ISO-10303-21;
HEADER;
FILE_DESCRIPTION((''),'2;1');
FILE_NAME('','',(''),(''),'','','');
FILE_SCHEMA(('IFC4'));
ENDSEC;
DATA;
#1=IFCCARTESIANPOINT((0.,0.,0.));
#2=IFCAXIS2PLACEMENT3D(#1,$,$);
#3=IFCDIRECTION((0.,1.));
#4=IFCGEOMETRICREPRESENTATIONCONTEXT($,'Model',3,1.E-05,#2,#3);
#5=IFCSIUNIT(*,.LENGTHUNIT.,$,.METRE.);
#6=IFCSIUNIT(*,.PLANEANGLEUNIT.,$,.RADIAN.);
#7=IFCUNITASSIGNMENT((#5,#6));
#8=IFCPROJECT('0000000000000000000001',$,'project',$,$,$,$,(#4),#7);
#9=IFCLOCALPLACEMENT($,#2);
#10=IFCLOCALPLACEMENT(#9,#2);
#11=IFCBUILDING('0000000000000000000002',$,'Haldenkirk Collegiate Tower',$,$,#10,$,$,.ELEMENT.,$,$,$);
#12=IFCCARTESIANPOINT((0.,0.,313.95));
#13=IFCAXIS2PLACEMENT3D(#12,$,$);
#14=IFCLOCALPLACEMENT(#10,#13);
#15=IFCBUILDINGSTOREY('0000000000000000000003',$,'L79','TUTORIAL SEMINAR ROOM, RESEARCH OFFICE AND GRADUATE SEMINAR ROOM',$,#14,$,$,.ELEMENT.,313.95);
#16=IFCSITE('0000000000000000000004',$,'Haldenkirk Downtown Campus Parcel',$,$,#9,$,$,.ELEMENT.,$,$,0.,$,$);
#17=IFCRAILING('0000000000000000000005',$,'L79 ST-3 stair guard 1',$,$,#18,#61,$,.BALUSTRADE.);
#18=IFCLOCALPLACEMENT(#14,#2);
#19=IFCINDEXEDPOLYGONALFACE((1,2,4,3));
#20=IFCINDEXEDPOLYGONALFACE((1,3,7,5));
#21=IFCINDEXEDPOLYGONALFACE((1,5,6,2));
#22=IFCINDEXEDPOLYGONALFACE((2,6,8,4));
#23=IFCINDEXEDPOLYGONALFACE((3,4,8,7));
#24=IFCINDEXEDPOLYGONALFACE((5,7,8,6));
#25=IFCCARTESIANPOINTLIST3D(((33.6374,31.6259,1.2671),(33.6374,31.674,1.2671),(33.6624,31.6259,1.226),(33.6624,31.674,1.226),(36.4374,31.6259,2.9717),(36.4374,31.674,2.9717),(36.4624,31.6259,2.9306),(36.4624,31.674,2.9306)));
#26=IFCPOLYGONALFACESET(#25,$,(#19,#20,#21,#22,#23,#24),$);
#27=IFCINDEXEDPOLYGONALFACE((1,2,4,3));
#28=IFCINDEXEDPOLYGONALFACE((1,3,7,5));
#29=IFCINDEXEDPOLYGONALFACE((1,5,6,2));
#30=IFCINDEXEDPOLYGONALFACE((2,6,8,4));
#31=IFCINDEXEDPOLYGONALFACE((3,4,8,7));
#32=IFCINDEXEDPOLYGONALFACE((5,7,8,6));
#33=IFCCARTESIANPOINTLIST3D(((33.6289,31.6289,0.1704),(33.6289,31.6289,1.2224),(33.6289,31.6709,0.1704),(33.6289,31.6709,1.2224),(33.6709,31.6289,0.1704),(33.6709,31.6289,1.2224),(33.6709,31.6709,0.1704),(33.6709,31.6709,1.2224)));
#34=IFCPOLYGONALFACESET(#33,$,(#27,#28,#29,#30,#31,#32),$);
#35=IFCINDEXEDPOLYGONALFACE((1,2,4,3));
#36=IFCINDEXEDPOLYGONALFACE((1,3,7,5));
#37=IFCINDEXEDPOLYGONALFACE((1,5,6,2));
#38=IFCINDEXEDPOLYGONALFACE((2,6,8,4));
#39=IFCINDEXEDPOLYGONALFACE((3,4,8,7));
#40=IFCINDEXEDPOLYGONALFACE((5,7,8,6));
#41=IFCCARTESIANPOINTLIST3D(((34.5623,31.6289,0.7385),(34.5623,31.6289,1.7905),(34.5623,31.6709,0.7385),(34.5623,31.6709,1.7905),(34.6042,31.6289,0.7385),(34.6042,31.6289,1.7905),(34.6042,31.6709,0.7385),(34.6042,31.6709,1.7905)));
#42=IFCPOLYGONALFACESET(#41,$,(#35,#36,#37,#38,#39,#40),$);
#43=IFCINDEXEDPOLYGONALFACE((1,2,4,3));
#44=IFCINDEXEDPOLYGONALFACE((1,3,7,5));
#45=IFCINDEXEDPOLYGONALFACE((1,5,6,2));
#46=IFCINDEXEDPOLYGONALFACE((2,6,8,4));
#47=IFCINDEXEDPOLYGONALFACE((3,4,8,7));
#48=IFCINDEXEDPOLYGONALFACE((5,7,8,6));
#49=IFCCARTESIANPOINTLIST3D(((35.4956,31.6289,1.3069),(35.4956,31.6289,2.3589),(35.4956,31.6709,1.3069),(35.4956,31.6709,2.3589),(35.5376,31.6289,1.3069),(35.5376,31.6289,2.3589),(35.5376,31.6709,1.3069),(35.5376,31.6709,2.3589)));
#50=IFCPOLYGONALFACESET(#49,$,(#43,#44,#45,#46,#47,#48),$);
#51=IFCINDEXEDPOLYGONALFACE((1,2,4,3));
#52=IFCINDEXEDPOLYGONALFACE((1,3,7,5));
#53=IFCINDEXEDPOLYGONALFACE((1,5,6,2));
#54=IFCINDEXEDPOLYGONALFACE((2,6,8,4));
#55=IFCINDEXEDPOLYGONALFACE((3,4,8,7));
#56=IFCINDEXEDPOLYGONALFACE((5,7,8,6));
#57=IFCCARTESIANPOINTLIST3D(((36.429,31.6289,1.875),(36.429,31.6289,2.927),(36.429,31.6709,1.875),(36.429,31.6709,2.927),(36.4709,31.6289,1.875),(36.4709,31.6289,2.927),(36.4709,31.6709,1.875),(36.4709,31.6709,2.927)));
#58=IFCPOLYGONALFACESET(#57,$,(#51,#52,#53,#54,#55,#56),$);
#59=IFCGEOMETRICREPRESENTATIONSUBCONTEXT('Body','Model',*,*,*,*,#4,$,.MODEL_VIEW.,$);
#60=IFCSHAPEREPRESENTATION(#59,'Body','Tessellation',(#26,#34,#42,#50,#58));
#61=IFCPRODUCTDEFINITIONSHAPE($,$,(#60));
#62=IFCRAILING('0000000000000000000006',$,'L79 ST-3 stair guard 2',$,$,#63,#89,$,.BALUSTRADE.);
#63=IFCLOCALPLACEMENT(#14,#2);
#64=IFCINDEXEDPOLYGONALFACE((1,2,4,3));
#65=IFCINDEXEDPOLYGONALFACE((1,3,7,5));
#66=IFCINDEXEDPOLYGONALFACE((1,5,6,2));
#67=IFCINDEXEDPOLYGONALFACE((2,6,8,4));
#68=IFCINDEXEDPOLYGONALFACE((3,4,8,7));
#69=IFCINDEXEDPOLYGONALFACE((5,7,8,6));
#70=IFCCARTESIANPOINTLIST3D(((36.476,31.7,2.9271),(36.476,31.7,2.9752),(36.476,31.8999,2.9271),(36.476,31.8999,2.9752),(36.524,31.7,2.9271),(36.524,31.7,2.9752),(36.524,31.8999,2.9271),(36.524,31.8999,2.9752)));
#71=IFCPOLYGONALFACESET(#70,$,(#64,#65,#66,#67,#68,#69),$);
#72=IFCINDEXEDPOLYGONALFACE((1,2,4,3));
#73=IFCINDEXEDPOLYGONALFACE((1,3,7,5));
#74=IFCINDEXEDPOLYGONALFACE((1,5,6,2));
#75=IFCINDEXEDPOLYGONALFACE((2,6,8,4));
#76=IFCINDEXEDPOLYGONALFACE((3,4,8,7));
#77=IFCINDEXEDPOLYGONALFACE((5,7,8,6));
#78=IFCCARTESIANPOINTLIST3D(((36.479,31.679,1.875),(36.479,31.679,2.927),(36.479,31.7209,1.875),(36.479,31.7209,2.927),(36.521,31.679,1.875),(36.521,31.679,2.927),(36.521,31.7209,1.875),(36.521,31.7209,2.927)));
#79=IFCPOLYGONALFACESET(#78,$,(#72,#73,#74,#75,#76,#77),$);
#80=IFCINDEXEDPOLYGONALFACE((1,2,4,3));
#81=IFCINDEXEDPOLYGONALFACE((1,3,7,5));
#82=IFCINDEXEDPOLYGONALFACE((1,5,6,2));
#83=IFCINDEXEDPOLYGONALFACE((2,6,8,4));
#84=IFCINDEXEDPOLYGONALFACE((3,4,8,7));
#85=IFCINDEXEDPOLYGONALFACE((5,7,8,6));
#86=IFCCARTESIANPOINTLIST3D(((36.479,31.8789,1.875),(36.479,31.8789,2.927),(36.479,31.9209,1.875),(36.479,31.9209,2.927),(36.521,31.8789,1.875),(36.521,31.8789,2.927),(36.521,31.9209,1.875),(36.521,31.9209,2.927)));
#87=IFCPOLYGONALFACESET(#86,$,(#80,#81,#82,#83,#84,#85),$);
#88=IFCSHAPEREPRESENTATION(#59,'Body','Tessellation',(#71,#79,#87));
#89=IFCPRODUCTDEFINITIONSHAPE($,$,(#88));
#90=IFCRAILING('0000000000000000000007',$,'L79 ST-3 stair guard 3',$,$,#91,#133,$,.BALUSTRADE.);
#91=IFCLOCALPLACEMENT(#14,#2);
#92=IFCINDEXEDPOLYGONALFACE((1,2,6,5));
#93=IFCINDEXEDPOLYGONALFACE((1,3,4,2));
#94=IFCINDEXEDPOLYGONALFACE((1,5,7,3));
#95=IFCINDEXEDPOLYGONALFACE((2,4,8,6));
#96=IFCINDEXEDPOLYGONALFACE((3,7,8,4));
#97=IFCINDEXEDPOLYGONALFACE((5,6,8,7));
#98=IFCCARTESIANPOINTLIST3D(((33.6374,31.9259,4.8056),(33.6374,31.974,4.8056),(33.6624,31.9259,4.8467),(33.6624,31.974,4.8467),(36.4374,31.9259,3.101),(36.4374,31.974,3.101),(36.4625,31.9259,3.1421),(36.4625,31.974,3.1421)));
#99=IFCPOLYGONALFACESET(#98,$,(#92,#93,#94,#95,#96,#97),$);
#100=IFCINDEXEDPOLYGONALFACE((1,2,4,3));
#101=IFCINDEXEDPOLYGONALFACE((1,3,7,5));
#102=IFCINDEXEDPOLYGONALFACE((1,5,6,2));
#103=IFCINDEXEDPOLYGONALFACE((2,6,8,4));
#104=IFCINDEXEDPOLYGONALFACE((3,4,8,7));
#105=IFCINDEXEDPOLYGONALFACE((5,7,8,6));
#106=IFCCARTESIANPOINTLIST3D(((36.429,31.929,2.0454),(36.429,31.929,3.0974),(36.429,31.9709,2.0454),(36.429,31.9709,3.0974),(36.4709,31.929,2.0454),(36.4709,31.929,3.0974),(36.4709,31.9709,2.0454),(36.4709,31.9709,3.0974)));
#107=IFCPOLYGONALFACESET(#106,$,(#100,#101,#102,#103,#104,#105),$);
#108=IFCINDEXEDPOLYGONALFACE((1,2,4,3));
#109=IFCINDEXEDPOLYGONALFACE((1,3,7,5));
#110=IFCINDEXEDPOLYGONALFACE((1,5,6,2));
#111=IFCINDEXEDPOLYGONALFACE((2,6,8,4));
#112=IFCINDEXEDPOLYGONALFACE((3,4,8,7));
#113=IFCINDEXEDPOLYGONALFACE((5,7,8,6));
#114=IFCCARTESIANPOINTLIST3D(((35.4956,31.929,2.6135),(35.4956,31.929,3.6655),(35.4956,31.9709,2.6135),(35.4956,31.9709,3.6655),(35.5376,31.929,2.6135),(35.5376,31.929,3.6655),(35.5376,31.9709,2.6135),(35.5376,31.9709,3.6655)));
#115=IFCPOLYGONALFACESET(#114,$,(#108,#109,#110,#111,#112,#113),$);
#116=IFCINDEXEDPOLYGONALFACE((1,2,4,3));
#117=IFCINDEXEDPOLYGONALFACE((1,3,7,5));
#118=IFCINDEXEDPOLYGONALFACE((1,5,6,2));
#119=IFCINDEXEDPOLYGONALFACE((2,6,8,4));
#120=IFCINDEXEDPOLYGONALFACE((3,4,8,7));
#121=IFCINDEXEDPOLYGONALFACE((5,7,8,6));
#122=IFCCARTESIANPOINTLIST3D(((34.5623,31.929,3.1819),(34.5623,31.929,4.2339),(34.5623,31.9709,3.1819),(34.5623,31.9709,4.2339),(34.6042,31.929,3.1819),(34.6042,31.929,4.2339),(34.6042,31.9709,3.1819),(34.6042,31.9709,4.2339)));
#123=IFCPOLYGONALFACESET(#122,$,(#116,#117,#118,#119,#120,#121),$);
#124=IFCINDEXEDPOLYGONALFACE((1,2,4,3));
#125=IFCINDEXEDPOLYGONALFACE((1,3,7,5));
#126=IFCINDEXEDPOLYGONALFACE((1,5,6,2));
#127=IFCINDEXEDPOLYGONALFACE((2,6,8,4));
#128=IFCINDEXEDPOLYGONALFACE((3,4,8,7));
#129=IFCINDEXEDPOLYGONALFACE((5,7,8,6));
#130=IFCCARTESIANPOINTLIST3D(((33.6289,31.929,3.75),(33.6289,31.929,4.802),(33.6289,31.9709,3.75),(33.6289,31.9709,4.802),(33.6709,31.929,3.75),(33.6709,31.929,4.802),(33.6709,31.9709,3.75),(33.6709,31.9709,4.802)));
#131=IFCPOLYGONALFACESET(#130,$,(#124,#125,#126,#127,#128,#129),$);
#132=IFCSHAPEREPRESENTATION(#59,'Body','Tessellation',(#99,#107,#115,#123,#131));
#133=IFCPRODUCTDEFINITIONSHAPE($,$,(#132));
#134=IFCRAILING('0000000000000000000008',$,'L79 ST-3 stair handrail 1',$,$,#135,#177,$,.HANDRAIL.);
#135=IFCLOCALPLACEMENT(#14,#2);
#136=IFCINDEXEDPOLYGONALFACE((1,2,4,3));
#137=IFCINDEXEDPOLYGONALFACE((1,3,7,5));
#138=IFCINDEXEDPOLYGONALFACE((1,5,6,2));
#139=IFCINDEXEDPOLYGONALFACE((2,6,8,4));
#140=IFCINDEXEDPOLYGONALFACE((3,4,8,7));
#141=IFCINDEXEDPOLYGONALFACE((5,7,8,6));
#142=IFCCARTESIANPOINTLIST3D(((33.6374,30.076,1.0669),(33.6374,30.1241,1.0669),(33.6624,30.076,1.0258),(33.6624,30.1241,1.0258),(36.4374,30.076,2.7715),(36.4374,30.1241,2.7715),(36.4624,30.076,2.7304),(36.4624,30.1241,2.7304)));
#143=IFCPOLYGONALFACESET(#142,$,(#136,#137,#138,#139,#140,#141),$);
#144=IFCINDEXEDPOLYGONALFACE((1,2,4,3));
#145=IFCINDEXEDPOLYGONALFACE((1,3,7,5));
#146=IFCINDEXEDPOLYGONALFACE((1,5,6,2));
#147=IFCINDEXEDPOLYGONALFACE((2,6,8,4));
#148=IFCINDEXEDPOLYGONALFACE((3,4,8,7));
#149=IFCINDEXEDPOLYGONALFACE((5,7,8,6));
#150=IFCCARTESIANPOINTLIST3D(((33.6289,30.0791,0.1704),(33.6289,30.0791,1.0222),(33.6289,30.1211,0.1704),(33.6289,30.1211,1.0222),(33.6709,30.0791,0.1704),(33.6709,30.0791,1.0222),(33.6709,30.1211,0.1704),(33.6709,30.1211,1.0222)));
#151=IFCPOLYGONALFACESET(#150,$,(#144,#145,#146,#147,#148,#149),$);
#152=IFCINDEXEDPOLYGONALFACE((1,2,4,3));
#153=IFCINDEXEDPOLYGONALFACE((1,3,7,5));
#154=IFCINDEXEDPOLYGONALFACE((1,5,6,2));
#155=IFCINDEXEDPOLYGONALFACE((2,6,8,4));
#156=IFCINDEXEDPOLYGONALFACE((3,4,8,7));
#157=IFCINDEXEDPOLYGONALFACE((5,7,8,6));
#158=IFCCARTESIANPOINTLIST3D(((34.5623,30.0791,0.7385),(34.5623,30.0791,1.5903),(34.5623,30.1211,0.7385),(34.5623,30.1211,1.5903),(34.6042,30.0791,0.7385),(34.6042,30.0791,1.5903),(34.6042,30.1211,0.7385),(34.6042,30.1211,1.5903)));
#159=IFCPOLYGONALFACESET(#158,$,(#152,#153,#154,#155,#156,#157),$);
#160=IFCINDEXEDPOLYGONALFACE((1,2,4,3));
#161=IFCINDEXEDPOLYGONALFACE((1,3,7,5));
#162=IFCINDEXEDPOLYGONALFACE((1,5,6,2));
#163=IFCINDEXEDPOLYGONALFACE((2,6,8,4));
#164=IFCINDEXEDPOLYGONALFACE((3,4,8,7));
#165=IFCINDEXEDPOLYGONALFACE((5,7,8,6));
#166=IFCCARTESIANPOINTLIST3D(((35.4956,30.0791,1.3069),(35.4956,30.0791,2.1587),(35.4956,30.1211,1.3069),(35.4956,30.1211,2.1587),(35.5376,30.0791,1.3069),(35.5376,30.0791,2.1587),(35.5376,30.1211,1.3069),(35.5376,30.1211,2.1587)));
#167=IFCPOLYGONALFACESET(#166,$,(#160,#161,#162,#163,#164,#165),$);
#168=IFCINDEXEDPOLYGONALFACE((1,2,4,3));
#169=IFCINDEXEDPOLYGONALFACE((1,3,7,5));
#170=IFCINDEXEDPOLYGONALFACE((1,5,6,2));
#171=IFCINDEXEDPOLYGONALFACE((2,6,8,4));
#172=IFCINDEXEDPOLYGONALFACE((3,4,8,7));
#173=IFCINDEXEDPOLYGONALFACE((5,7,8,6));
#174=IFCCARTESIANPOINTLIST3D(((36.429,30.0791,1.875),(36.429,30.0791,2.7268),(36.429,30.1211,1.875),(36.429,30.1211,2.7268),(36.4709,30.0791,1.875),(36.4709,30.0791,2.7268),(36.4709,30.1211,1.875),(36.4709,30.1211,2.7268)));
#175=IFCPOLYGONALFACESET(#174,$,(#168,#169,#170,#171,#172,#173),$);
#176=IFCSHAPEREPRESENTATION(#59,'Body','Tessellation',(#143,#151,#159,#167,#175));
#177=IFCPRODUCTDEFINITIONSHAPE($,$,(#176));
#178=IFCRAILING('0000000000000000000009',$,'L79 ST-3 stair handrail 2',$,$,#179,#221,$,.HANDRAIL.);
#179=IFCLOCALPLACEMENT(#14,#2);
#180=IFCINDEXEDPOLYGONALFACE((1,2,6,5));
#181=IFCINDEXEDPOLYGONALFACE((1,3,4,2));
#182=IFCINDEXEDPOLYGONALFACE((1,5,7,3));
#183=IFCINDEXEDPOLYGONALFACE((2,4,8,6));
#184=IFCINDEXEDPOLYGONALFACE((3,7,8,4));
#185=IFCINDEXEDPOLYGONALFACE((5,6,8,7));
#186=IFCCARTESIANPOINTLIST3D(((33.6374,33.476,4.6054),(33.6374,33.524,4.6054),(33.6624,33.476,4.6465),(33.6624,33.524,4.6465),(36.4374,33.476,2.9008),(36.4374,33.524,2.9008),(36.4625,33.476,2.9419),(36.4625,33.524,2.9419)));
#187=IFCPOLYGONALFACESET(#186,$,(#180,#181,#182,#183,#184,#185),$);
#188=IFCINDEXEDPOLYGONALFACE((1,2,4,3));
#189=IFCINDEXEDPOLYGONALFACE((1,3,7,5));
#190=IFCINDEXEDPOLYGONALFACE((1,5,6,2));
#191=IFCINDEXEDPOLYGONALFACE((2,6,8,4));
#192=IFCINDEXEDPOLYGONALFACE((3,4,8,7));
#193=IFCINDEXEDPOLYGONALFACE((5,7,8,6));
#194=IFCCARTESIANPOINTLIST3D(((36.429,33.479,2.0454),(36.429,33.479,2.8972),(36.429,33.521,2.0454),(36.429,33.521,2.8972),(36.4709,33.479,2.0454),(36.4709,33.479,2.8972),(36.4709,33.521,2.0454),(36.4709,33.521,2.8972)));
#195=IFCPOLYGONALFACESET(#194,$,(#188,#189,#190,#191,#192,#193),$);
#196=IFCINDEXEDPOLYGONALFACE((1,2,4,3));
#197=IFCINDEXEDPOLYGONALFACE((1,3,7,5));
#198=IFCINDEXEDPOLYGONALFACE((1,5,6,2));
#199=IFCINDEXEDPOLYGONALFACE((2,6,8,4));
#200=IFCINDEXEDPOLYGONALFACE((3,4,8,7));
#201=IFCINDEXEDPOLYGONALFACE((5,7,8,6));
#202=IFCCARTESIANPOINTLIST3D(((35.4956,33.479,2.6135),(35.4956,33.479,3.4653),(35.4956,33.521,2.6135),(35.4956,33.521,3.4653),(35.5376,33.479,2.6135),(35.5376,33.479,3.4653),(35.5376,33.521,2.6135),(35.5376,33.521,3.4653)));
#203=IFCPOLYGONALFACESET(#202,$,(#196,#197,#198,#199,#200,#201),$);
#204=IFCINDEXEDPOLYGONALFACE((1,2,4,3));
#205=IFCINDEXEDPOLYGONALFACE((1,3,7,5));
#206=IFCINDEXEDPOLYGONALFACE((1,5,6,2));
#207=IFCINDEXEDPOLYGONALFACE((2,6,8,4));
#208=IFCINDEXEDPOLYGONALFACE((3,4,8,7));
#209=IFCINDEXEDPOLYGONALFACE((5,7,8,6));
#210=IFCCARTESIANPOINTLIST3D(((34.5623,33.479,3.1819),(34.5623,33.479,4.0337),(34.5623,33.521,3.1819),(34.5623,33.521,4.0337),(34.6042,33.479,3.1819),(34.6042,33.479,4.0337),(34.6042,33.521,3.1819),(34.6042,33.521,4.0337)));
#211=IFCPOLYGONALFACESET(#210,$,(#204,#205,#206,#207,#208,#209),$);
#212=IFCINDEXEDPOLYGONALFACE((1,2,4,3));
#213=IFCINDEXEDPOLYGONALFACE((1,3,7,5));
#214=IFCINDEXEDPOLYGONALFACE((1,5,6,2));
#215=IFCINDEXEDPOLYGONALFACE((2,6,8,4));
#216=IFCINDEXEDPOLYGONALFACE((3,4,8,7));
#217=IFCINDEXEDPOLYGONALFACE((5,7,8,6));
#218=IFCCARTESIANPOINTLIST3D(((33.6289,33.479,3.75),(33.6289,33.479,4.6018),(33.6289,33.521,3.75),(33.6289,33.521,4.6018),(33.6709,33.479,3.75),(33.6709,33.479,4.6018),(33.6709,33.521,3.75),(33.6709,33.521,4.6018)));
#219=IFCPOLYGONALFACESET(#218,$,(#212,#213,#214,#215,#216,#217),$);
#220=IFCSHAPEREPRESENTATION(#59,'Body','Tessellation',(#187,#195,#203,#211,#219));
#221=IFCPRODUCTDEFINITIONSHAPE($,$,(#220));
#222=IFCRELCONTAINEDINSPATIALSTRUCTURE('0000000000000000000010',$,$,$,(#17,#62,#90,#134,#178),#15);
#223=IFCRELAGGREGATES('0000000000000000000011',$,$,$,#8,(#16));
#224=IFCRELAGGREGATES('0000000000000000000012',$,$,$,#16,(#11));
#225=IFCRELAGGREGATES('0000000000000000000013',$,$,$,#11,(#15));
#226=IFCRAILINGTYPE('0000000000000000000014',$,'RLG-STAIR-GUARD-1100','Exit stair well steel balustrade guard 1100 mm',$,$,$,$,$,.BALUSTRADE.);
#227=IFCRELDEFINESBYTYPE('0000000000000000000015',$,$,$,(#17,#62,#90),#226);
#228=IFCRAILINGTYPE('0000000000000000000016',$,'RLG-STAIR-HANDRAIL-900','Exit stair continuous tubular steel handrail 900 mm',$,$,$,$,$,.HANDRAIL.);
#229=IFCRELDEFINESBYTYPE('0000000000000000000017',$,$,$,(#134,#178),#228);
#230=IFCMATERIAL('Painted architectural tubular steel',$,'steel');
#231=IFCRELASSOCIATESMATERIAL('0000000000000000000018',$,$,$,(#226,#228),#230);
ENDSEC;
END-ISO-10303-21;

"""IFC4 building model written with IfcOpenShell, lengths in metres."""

from ifc_helpers import new_model, si_unit, direction, frame, origin, origin_2d, place, context, subcontext, project, spatial, rectangle, extrude, material, type_object, element, save


model = new_model("IFC4")

# Units and contexts
model_context = context("Model", 3, precision=1e-05, world=origin(), true_north=direction((0.0, 1.0)))
body_context = subcontext(model_context, "Body", "Model", "MODEL_VIEW")
ifc_project = project(units=[si_unit("LENGTHUNIT", "METRE"), si_unit("PLANEANGLEUNIT", "RADIAN")], contexts=[model_context])

# Site, building, storey
site_placement = place(None, origin())
site = spatial("IfcSite", under=ifc_project, at=site_placement, Name="Haldenkirk Downtown Campus Parcel", CompositionType="ELEMENT", RefElevation=0.0)
building_placement = place(site_placement, origin())
building = spatial("IfcBuilding", under=site, at=building_placement, Name="Haldenkirk Collegiate Tower", CompositionType="ELEMENT")
storey_placement = place(building_placement, frame((0.0, 0.0, 313.95)))
storey = spatial("IfcBuildingStorey", under=building, at=storey_placement, Name="L79", Description="TUTORIAL SEMINAR ROOM, RESEARCH OFFICE AND GRADUATE SEMINAR ROOM", CompositionType="ELEMENT", Elevation=313.95)

# Railings
ifc_material_1 = material(Name="Painted architectural tubular steel", Category="steel")
railing_type_1 = type_object("IfcRailingType", Name="RLG-STAIR-GUARD-1100", Description="Exit stair well steel balustrade guard 1100 mm", PredefinedType="BALUSTRADE", material=ifc_material_1)
railing_1_placement = place(storey_placement, frame((33.6499, 31.6499, 0.1704)))
element("IfcRailing", 1, at=railing_1_placement, inside=storey, type_object=railing_type_1, Name="L79 ST-3 stair guard 1", PredefinedType="BALUSTRADE", context=body_context, shape_type="SweptSolid", body=[
    extrude(rectangle(XDim=0.0481, YDim=0.0481, at=origin_2d()), frame((0.0, 0.0, 1.0762), z_axis=(0.85417, 0.0, 0.519994), x_axis=(0.0, 1.0, 0.0)), (0.0, 0.0, 1.0), 3.2781),
    extrude(rectangle(XDim=0.042, YDim=0.042, at=origin_2d()), origin(), (0.0, 0.0, 1.0), 1.052),
    extrude(rectangle(XDim=0.042, YDim=0.042, at=origin_2d()), frame((0.9333, 0.0, 0.5681)), (0.0, 0.0, 1.0), 1.052),
    extrude(rectangle(XDim=0.042, YDim=0.042, at=origin_2d()), frame((1.8667, 0.0, 1.1365)), (0.0, 0.0, 1.0), 1.052),
    extrude(rectangle(XDim=0.042, YDim=0.042, at=origin_2d()), frame((2.8, 0.0, 1.7046)), (0.0, 0.0, 1.0), 1.052),
])
railing_2_placement = place(storey_placement, frame((36.5, 31.7, 1.875)))
element("IfcRailing", 2, at=railing_2_placement, inside=storey, type_object=railing_type_1, Name="L79 ST-3 stair guard 2", PredefinedType="BALUSTRADE", context=body_context, shape_type="SweptSolid", body=[
    extrude(rectangle(XDim=0.0481, YDim=0.0481, at=origin_2d()), frame((0.0, 0.0, 1.0762), z_axis=(0.0, 1.0, 0.0), x_axis=(-1.0, 0.0, 0.0)), (0.0, 0.0, 1.0), 0.2),
    extrude(rectangle(XDim=0.042, YDim=0.042, at=origin_2d()), origin(), (0.0, 0.0, 1.0), 1.052),
    extrude(rectangle(XDim=0.042, YDim=0.042, at=origin_2d()), frame((0.0, 0.2, 0.0)), (0.0, 0.0, 1.0), 1.052),
])
railing_3_placement = place(storey_placement, frame((36.45, 31.95, 2.0454)))
element("IfcRailing", 3, at=railing_3_placement, inside=storey, type_object=railing_type_1, Name="L79 ST-3 stair guard 3", PredefinedType="BALUSTRADE", context=body_context, shape_type="SweptSolid", body=[
    extrude(rectangle(XDim=0.0481, YDim=0.0481, at=origin_2d()), frame((0.0, 0.0, 1.0762), z_axis=(-0.85417, 0.0, 0.519994), x_axis=(0.0, -1.0, 0.0)), (0.0, 0.0, 1.0), 3.2781),
    extrude(rectangle(XDim=0.042, YDim=0.042, at=origin_2d()), origin(), (0.0, 0.0, 1.0), 1.052),
    extrude(rectangle(XDim=0.042, YDim=0.042, at=origin_2d()), frame((-0.9333, 0.0, 0.5681)), (0.0, 0.0, 1.0), 1.052),
    extrude(rectangle(XDim=0.042, YDim=0.042, at=origin_2d()), frame((-1.8667, 0.0, 1.1365)), (0.0, 0.0, 1.0), 1.052),
    extrude(rectangle(XDim=0.042, YDim=0.042, at=origin_2d()), frame((-2.8, 0.0, 1.7046)), (0.0, 0.0, 1.0), 1.052),
])
railing_type_2 = type_object("IfcRailingType", Name="RLG-STAIR-HANDRAIL-900", Description="Exit stair continuous tubular steel handrail 900 mm", PredefinedType="HANDRAIL", material=ifc_material_1)
railing_4_placement = place(storey_placement, frame((33.6499, 30.1001, 0.1704)))
element("IfcRailing", 4, at=railing_4_placement, inside=storey, type_object=railing_type_2, Name="L79 ST-3 stair handrail 1", PredefinedType="HANDRAIL", context=body_context, shape_type="SweptSolid", body=[
    extrude(rectangle(XDim=0.0481, YDim=0.0481, at=origin_2d()), frame((0.0, 0.0, 0.876), z_axis=(0.85417, 0.0, 0.519994), x_axis=(0.0, 1.0, 0.0)), (0.0, 0.0, 1.0), 3.2781),
    extrude(rectangle(XDim=0.042, YDim=0.042, at=origin_2d()), origin(), (0.0, 0.0, 1.0), 0.8518),
    extrude(rectangle(XDim=0.042, YDim=0.042, at=origin_2d()), frame((0.9333, 0.0, 0.5681)), (0.0, 0.0, 1.0), 0.8518),
    extrude(rectangle(XDim=0.042, YDim=0.042, at=origin_2d()), frame((1.8667, 0.0, 1.1365)), (0.0, 0.0, 1.0), 0.8518),
    extrude(rectangle(XDim=0.042, YDim=0.042, at=origin_2d()), frame((2.8, 0.0, 1.7046)), (0.0, 0.0, 1.0), 0.8518),
])
railing_5_placement = place(storey_placement, frame((36.45, 33.5, 2.0454)))
element("IfcRailing", 5, at=railing_5_placement, inside=storey, type_object=railing_type_2, Name="L79 ST-3 stair handrail 2", PredefinedType="HANDRAIL", context=body_context, shape_type="SweptSolid", body=[
    extrude(rectangle(XDim=0.0481, YDim=0.0481, at=origin_2d()), frame((0.0, 0.0, 0.876), z_axis=(-0.85417, 0.0, 0.519994), x_axis=(0.0, -1.0, 0.0)), (0.0, 0.0, 1.0), 3.2781),
    extrude(rectangle(XDim=0.042, YDim=0.042, at=origin_2d()), origin(), (0.0, 0.0, 1.0), 0.8518),
    extrude(rectangle(XDim=0.042, YDim=0.042, at=origin_2d()), frame((-0.9333, 0.0, 0.5681)), (0.0, 0.0, 1.0), 0.8518),
    extrude(rectangle(XDim=0.042, YDim=0.042, at=origin_2d()), frame((-1.8667, 0.0, 1.1365)), (0.0, 0.0, 1.0), 0.8518),
    extrude(rectangle(XDim=0.042, YDim=0.042, at=origin_2d()), frame((-2.8, 0.0, 1.7046)), (0.0, 0.0, 1.0), 0.8518),
])

save(model, "model.ifc")
